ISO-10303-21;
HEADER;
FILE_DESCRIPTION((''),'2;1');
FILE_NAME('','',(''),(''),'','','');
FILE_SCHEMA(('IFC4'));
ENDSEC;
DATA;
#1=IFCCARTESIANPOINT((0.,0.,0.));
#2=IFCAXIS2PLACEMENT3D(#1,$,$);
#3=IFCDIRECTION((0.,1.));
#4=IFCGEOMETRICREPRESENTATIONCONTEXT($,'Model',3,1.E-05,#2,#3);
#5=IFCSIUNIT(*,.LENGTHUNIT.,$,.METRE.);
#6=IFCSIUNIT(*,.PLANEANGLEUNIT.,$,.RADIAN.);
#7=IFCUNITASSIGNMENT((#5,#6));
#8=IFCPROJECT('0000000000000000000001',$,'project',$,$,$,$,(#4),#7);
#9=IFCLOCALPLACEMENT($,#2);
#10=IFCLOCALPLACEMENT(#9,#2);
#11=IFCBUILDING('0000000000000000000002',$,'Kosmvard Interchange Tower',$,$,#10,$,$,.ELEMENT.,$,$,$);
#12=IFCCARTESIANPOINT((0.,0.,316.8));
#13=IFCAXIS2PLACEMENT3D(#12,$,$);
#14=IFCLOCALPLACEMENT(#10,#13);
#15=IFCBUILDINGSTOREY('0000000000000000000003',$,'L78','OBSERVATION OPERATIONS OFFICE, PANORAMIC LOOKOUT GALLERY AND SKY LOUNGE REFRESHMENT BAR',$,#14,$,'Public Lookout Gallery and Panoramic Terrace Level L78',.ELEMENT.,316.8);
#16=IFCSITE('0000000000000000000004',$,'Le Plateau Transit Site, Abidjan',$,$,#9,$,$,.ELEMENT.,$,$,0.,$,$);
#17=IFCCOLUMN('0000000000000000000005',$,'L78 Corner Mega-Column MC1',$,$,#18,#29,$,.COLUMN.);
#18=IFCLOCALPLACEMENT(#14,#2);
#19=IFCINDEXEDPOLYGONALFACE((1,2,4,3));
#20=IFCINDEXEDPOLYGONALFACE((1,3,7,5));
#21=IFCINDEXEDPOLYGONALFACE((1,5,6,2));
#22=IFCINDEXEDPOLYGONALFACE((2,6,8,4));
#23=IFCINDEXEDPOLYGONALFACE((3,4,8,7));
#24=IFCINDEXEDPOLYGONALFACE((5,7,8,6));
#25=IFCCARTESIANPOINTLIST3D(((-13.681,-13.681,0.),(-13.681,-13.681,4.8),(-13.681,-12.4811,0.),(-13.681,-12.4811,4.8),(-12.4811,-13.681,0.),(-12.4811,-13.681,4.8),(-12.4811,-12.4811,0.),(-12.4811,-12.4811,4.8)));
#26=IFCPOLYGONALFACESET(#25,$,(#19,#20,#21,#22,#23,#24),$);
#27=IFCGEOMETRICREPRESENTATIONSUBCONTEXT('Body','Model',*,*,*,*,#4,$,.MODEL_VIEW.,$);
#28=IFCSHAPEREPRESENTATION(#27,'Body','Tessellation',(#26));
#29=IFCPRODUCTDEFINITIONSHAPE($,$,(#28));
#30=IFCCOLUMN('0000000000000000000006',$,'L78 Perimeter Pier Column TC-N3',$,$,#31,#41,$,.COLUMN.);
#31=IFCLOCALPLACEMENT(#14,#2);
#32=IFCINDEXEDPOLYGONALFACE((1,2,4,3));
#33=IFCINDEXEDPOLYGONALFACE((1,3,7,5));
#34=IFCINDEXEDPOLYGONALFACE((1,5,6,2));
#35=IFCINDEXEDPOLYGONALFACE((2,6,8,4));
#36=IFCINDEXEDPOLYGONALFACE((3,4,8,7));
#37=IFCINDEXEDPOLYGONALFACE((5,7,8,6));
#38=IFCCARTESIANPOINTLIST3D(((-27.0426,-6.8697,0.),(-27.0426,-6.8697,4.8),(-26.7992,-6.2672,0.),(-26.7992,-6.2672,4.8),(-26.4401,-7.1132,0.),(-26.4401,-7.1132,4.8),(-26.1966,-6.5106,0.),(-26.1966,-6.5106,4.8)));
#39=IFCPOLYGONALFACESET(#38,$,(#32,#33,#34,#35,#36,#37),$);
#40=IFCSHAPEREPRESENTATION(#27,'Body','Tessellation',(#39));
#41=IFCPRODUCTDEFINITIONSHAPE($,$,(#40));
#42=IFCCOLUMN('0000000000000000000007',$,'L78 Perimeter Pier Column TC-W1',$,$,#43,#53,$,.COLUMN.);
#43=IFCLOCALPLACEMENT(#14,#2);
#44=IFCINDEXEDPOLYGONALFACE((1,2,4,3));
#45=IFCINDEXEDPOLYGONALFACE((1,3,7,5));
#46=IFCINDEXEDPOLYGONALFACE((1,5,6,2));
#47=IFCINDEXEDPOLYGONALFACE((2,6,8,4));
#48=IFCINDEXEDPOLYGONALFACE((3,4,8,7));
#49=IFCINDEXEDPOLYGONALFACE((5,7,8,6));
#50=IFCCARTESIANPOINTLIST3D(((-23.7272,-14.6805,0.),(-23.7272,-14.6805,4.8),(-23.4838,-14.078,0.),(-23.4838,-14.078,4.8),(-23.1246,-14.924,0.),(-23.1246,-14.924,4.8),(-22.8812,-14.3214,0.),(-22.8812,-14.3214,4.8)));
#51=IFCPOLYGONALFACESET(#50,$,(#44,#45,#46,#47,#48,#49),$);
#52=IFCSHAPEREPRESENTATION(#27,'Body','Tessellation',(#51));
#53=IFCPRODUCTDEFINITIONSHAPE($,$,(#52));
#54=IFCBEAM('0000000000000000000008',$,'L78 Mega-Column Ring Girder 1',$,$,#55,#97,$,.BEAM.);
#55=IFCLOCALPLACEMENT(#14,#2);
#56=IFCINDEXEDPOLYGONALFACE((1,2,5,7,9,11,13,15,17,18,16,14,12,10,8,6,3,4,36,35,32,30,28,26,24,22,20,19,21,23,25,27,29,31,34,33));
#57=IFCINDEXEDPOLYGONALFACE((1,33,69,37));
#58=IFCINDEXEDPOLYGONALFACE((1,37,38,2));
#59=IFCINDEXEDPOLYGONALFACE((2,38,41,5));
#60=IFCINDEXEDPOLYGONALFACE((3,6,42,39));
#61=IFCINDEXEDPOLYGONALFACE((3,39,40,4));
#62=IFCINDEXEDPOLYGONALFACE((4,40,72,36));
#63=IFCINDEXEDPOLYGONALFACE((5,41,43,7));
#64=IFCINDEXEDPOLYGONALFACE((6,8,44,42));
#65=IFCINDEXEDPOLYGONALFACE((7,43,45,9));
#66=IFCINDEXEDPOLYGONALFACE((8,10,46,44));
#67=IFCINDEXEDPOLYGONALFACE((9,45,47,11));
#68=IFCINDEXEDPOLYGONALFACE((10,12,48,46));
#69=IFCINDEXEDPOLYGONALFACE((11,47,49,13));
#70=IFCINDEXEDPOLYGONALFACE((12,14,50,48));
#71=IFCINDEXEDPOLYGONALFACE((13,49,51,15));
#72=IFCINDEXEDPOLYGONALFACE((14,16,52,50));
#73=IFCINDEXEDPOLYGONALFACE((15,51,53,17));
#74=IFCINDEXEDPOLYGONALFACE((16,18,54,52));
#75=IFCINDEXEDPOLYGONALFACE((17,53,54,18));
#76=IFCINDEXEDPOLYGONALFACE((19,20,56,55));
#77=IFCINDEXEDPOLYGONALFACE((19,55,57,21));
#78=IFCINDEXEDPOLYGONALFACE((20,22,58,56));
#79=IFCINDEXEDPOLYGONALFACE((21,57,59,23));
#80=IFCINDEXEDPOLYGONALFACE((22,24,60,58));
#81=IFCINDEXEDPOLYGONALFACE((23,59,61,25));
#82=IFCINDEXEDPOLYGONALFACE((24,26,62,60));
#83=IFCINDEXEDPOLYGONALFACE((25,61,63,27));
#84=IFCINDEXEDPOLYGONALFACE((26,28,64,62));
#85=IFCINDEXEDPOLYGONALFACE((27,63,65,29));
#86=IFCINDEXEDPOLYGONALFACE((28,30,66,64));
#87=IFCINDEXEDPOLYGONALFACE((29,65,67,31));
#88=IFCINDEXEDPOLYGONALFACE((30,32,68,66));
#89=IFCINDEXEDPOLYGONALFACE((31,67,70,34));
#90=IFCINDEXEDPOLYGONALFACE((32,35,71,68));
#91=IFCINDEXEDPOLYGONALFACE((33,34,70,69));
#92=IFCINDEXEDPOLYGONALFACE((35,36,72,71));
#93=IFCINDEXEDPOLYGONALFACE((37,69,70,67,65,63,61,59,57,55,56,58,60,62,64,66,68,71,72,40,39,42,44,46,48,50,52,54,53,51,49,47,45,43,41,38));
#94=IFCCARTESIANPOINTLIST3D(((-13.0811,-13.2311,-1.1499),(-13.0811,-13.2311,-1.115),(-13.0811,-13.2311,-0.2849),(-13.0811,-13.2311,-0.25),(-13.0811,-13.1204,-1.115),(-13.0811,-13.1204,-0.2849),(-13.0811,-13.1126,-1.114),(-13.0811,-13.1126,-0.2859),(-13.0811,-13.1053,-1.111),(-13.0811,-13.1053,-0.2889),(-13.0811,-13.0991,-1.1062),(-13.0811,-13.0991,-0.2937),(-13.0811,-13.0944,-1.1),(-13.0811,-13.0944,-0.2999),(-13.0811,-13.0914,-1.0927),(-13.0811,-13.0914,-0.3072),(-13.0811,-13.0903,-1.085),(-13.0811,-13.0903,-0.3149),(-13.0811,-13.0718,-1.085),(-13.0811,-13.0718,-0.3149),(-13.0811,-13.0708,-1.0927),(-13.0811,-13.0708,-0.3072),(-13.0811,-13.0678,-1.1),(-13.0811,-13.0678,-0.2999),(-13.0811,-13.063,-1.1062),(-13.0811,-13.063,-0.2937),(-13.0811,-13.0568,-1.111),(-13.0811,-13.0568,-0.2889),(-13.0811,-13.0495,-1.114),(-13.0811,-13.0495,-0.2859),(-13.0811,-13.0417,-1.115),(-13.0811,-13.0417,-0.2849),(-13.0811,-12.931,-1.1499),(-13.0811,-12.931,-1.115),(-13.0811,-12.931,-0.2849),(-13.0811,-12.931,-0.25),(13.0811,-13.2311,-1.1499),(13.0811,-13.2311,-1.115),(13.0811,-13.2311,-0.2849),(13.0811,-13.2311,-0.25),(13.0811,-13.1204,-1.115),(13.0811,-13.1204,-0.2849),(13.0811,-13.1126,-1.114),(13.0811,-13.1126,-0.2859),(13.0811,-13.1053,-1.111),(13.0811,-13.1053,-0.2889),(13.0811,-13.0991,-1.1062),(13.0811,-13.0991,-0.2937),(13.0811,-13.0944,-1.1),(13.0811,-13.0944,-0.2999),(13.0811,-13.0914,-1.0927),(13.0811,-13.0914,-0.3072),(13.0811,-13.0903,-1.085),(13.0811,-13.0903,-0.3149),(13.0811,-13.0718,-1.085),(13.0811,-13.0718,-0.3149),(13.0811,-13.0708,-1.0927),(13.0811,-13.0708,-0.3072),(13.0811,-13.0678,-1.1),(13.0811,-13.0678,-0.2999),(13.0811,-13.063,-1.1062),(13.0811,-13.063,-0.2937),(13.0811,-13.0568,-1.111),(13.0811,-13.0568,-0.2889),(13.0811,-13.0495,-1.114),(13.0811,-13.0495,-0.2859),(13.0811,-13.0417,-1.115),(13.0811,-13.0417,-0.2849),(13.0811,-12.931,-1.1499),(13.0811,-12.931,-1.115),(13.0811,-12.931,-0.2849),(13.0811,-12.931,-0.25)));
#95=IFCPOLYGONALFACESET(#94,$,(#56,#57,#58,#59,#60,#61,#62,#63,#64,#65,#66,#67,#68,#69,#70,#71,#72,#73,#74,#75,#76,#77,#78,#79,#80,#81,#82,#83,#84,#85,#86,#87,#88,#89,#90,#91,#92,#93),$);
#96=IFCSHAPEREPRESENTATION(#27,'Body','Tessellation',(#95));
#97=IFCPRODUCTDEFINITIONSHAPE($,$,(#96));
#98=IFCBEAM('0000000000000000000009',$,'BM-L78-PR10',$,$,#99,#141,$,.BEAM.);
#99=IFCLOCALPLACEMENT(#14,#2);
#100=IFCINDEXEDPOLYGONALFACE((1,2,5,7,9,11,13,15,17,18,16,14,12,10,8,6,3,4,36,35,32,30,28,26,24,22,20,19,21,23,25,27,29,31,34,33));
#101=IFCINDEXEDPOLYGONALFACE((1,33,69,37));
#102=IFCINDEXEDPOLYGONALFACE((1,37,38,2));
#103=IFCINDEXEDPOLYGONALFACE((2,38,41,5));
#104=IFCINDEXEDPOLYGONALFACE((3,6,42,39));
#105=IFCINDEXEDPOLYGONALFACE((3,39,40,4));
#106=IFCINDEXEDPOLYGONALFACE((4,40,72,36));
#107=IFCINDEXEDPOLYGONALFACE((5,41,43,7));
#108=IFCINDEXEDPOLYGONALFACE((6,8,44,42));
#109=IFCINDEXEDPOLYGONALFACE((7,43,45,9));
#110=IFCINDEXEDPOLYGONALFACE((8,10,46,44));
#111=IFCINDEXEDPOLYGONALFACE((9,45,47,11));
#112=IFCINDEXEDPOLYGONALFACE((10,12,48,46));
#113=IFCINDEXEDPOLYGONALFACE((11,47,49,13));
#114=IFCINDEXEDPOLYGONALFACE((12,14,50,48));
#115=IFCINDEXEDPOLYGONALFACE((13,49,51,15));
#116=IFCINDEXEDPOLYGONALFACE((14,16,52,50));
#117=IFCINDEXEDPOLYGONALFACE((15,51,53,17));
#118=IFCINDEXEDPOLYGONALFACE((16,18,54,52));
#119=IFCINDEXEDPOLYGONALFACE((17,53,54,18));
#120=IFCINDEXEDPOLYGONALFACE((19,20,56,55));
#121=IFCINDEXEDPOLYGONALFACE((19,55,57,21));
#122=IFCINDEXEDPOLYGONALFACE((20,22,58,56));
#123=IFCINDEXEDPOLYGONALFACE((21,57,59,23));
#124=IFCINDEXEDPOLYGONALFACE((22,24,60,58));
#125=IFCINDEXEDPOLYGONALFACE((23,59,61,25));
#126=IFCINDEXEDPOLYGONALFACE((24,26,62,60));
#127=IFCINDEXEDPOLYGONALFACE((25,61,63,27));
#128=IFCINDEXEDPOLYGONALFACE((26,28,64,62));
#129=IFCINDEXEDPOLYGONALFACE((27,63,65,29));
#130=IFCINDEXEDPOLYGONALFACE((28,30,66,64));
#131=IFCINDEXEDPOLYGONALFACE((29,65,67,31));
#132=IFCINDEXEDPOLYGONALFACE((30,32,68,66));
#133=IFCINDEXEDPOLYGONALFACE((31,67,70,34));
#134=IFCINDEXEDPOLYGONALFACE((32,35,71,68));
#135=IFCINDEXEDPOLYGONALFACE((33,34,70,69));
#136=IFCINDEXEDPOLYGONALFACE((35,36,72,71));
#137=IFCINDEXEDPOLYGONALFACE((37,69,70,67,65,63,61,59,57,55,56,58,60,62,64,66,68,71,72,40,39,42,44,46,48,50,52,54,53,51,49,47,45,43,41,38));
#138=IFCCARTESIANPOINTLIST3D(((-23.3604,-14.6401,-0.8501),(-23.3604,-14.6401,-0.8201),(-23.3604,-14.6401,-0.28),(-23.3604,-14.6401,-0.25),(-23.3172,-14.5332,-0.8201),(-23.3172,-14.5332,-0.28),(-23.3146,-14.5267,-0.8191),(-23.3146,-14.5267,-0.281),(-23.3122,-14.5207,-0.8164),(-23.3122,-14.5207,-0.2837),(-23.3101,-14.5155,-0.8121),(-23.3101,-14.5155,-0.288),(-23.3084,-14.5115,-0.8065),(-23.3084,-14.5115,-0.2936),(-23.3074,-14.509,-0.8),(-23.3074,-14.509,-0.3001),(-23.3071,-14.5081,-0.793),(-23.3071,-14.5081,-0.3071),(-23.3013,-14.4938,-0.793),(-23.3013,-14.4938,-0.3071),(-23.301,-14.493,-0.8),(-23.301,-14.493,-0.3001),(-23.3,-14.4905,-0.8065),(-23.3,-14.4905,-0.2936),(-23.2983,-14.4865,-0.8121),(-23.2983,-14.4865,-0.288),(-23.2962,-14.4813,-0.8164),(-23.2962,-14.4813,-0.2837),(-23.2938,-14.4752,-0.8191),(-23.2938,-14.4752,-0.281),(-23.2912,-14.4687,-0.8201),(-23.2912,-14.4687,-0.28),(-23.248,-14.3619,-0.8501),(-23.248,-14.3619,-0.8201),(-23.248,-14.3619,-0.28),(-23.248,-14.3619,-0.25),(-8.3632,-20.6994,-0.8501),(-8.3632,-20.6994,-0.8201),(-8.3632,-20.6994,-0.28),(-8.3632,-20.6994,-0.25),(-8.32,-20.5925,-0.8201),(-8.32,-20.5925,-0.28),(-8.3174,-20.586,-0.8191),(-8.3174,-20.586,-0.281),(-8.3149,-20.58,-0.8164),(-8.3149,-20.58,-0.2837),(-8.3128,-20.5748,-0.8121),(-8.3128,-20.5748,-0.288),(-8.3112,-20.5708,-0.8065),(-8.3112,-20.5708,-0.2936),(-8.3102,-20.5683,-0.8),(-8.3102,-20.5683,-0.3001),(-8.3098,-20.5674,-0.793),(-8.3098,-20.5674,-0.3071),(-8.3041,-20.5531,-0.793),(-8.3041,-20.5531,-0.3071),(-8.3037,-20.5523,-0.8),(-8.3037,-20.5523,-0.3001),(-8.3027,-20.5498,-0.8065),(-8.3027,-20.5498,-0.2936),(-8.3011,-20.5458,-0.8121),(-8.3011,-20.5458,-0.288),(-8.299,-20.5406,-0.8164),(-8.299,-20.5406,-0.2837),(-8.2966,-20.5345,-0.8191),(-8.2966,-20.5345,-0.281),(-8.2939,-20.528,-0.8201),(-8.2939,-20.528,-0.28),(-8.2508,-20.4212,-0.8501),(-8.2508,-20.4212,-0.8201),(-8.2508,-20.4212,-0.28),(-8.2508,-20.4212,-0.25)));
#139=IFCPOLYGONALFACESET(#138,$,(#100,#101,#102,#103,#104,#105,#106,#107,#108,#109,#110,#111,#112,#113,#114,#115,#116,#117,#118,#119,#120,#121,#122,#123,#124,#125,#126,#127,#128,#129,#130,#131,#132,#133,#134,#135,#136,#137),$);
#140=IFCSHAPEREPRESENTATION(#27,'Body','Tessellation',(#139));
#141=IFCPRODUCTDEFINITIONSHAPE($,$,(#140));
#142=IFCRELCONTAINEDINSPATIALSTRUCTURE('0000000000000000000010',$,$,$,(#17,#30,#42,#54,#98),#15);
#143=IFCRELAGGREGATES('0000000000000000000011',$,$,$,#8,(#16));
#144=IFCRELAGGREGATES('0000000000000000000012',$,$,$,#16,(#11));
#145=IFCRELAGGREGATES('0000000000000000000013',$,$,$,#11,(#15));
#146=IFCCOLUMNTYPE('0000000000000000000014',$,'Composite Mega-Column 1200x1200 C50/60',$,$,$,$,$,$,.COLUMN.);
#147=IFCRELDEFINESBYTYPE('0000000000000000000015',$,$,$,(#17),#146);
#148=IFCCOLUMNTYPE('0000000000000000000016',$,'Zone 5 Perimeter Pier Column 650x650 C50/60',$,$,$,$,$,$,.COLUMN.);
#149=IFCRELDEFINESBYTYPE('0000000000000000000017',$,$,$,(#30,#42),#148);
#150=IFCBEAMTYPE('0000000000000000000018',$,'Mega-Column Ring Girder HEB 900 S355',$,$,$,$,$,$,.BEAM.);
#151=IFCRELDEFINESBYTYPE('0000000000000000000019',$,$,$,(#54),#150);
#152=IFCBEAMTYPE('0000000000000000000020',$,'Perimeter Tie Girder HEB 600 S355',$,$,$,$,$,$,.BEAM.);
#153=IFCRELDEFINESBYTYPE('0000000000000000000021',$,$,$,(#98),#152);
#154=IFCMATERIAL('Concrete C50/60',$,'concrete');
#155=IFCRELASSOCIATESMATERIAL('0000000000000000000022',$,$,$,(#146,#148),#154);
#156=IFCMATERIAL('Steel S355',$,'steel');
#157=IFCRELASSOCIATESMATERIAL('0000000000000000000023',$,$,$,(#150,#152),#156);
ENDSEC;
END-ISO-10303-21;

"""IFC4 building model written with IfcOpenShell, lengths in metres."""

from ifc_helpers import new_model, si_unit, direction, frame, origin, origin_2d, place, context, subcontext, project, spatial, rectangle, i_section, extrude, source, transform, mapped, material, material_profile, profile_set, type_object, element, save


model = new_model("IFC4")

# Units and contexts
model_context = context("Model", 3, precision=1e-05, world=origin(), true_north=direction((0.0, 1.0)))
body_context = subcontext(model_context, "Body", "Model", "MODEL_VIEW")
ifc_project = project(units=[si_unit("LENGTHUNIT", "METRE"), si_unit("PLANEANGLEUNIT", "RADIAN")], contexts=[model_context])

# Site, building, storey
site_placement = place(None, origin())
site = spatial("IfcSite", under=ifc_project, at=site_placement, Name="Le Plateau Transit Site, Abidjan", CompositionType="ELEMENT", RefElevation=0.0)
building_placement = place(site_placement, origin())
building = spatial("IfcBuilding", under=site, at=building_placement, Name="Kosmvard Interchange Tower", CompositionType="ELEMENT")
storey_placement = place(building_placement, frame((0.0, 0.0, 316.8)))
storey = spatial("IfcBuildingStorey", under=building, at=storey_placement, Name="L78", Description="OBSERVATION OPERATIONS OFFICE, PANORAMIC LOOKOUT GALLERY AND SKY LOUNGE REFRESHMENT BAR", LongName="Public Lookout Gallery and Panoramic Terrace Level L78", CompositionType="ELEMENT", Elevation=316.8)

# Columns
ifc_material_1 = material(Name="Concrete C50/60", Category="concrete")
ifc_material_profile_1 = material_profile(ifc_material_1, rectangle(XDim=1.2, YDim=1.2, at=origin_2d()), Name="MC 1200x1200")
ifc_profile_set_1 = profile_set([ifc_material_profile_1], Name="Concrete C50/60")
column_type_1 = type_object("IfcColumnType", Name="Composite Mega-Column 1200x1200 C50/60", PredefinedType="COLUMN", material=ifc_profile_set_1)
shared_shape_1 = source(origin(), body_context, "Body", "SweptSolid", [
    extrude(rectangle(XDim=1.2, YDim=1.2, at=origin_2d()), origin(), (0.0, 0.0, 1.0), 4.8),
])
column_placement = place(storey_placement, frame((-13.0811, -13.0811, 0.0), z_axis=(0.0, 0.0, 1.0), x_axis=(1.0, 0.0, 0.0)))
element("IfcColumn", 1, at=column_placement, inside=storey, type_object=column_type_1, Name="L78 Corner Mega-Column MC1", PredefinedType="COLUMN", context=body_context, shape_type="MappedRepresentation", body=[
    mapped(shared_shape_1, transform((0.0, 0.0, 0.0), scale=1.0)),
])
ifc_material_profile_2 = material_profile(ifc_material_1, rectangle(XDim=0.6499, YDim=0.6499, at=origin_2d()), Name="TC 650x650")
ifc_profile_set_2 = profile_set([ifc_material_profile_2], Name="Concrete C50/60")
column_type_2 = type_object("IfcColumnType", Name="Zone 5 Perimeter Pier Column 650x650 C50/60", PredefinedType="COLUMN", material=ifc_profile_set_2)
shared_shape_2 = source(origin(), body_context, "Body", "SweptSolid", [
    extrude(rectangle(XDim=0.6499, YDim=0.6499, at=origin_2d()), origin(), (0.0, 0.0, 1.0), 4.8),
])
for number, where, z_axis, x_axis, name in (
    (2, (-26.6196, -6.6902, 0.0), (0.0, 0.0, 1.0), (0.374607, 0.927184, 0.0), "L78 Perimeter Pier Column TC-N3"),
    (3, (-23.3042, -14.501, 0.0), (0.0, 0.0, 1.0), (0.374607, 0.927184, 0.0), "L78 Perimeter Pier Column TC-W1"),
):
    element("IfcColumn", number, at=place(storey_placement, frame(where, z_axis=z_axis, x_axis=x_axis)), inside=storey, type_object=column_type_2, Name=name, PredefinedType="COLUMN", context=body_context, shape_type="MappedRepresentation", body=[
        mapped(shared_shape_2, transform((0.0, 0.0, 0.0), scale=1.0)),
    ])

# Beams
ifc_material_2 = material(Name="Steel S355", Category="steel")
ifc_material_profile_3 = material_profile(ifc_material_2, i_section(OverallWidth=0.3, OverallDepth=0.8999, WebThickness=0.0186, FlangeThickness=0.0349, FilletRadius=0.03, at=origin_2d()), Name="HEB 900")
ifc_profile_set_3 = profile_set([ifc_material_profile_3], Name="Steel S355")
beam_type_1 = type_object("IfcBeamType", Name="Mega-Column Ring Girder HEB 900 S355", PredefinedType="BEAM", material=ifc_profile_set_3)
shared_shape_3 = source(origin(), body_context, "Body", "SweptSolid", [
    extrude(i_section(OverallWidth=0.3, OverallDepth=0.8999, WebThickness=0.0186, FlangeThickness=0.0349, FilletRadius=0.03, at=origin_2d()), origin(), (0.0, 0.0, 1.0), 26.1621),
])
beam_1_placement = place(storey_placement, frame((-13.0811, -13.0811, -0.7), z_axis=(1.0, 0.0, 0.0), x_axis=(0.0, 1.0, 0.0)))
element("IfcBeam", 4, at=beam_1_placement, inside=storey, type_object=beam_type_1, Name="L78 Mega-Column Ring Girder 1", PredefinedType="BEAM", context=body_context, shape_type="MappedRepresentation", body=[
    mapped(shared_shape_3, transform((0.0, 0.0, 0.0), scale=1.0)),
])
ifc_material_profile_4 = material_profile(ifc_material_2, i_section(OverallWidth=0.3, OverallDepth=0.6001, WebThickness=0.0154, FlangeThickness=0.03, FilletRadius=0.0271, at=origin_2d()), Name="HEB 600")
ifc_profile_set_4 = profile_set([ifc_material_profile_4], Name="Steel S355")
beam_type_2 = type_object("IfcBeamType", Name="Perimeter Tie Girder HEB 600 S355", PredefinedType="BEAM", material=ifc_profile_set_4)
shared_shape_4 = source(origin(), body_context, "Body", "SweptSolid", [
    extrude(i_section(OverallWidth=0.3, OverallDepth=0.6001, WebThickness=0.0154, FlangeThickness=0.03, FilletRadius=0.0271, at=origin_2d()), origin(), (0.0, 0.0, 1.0), 16.175),
])
beam_2_placement = place(storey_placement, frame((-23.3042, -14.501, -0.55), z_axis=(0.927183, -0.374608, 0.0), x_axis=(0.374608, 0.927183, 0.0)))
element("IfcBeam", 5, at=beam_2_placement, inside=storey, type_object=beam_type_2, Name="BM-L78-PR10", PredefinedType="BEAM", context=body_context, shape_type="MappedRepresentation", body=[
    mapped(shared_shape_4, transform((0.0, 0.0, 0.0), scale=1.0)),
])

save(model, "model.ifc")
